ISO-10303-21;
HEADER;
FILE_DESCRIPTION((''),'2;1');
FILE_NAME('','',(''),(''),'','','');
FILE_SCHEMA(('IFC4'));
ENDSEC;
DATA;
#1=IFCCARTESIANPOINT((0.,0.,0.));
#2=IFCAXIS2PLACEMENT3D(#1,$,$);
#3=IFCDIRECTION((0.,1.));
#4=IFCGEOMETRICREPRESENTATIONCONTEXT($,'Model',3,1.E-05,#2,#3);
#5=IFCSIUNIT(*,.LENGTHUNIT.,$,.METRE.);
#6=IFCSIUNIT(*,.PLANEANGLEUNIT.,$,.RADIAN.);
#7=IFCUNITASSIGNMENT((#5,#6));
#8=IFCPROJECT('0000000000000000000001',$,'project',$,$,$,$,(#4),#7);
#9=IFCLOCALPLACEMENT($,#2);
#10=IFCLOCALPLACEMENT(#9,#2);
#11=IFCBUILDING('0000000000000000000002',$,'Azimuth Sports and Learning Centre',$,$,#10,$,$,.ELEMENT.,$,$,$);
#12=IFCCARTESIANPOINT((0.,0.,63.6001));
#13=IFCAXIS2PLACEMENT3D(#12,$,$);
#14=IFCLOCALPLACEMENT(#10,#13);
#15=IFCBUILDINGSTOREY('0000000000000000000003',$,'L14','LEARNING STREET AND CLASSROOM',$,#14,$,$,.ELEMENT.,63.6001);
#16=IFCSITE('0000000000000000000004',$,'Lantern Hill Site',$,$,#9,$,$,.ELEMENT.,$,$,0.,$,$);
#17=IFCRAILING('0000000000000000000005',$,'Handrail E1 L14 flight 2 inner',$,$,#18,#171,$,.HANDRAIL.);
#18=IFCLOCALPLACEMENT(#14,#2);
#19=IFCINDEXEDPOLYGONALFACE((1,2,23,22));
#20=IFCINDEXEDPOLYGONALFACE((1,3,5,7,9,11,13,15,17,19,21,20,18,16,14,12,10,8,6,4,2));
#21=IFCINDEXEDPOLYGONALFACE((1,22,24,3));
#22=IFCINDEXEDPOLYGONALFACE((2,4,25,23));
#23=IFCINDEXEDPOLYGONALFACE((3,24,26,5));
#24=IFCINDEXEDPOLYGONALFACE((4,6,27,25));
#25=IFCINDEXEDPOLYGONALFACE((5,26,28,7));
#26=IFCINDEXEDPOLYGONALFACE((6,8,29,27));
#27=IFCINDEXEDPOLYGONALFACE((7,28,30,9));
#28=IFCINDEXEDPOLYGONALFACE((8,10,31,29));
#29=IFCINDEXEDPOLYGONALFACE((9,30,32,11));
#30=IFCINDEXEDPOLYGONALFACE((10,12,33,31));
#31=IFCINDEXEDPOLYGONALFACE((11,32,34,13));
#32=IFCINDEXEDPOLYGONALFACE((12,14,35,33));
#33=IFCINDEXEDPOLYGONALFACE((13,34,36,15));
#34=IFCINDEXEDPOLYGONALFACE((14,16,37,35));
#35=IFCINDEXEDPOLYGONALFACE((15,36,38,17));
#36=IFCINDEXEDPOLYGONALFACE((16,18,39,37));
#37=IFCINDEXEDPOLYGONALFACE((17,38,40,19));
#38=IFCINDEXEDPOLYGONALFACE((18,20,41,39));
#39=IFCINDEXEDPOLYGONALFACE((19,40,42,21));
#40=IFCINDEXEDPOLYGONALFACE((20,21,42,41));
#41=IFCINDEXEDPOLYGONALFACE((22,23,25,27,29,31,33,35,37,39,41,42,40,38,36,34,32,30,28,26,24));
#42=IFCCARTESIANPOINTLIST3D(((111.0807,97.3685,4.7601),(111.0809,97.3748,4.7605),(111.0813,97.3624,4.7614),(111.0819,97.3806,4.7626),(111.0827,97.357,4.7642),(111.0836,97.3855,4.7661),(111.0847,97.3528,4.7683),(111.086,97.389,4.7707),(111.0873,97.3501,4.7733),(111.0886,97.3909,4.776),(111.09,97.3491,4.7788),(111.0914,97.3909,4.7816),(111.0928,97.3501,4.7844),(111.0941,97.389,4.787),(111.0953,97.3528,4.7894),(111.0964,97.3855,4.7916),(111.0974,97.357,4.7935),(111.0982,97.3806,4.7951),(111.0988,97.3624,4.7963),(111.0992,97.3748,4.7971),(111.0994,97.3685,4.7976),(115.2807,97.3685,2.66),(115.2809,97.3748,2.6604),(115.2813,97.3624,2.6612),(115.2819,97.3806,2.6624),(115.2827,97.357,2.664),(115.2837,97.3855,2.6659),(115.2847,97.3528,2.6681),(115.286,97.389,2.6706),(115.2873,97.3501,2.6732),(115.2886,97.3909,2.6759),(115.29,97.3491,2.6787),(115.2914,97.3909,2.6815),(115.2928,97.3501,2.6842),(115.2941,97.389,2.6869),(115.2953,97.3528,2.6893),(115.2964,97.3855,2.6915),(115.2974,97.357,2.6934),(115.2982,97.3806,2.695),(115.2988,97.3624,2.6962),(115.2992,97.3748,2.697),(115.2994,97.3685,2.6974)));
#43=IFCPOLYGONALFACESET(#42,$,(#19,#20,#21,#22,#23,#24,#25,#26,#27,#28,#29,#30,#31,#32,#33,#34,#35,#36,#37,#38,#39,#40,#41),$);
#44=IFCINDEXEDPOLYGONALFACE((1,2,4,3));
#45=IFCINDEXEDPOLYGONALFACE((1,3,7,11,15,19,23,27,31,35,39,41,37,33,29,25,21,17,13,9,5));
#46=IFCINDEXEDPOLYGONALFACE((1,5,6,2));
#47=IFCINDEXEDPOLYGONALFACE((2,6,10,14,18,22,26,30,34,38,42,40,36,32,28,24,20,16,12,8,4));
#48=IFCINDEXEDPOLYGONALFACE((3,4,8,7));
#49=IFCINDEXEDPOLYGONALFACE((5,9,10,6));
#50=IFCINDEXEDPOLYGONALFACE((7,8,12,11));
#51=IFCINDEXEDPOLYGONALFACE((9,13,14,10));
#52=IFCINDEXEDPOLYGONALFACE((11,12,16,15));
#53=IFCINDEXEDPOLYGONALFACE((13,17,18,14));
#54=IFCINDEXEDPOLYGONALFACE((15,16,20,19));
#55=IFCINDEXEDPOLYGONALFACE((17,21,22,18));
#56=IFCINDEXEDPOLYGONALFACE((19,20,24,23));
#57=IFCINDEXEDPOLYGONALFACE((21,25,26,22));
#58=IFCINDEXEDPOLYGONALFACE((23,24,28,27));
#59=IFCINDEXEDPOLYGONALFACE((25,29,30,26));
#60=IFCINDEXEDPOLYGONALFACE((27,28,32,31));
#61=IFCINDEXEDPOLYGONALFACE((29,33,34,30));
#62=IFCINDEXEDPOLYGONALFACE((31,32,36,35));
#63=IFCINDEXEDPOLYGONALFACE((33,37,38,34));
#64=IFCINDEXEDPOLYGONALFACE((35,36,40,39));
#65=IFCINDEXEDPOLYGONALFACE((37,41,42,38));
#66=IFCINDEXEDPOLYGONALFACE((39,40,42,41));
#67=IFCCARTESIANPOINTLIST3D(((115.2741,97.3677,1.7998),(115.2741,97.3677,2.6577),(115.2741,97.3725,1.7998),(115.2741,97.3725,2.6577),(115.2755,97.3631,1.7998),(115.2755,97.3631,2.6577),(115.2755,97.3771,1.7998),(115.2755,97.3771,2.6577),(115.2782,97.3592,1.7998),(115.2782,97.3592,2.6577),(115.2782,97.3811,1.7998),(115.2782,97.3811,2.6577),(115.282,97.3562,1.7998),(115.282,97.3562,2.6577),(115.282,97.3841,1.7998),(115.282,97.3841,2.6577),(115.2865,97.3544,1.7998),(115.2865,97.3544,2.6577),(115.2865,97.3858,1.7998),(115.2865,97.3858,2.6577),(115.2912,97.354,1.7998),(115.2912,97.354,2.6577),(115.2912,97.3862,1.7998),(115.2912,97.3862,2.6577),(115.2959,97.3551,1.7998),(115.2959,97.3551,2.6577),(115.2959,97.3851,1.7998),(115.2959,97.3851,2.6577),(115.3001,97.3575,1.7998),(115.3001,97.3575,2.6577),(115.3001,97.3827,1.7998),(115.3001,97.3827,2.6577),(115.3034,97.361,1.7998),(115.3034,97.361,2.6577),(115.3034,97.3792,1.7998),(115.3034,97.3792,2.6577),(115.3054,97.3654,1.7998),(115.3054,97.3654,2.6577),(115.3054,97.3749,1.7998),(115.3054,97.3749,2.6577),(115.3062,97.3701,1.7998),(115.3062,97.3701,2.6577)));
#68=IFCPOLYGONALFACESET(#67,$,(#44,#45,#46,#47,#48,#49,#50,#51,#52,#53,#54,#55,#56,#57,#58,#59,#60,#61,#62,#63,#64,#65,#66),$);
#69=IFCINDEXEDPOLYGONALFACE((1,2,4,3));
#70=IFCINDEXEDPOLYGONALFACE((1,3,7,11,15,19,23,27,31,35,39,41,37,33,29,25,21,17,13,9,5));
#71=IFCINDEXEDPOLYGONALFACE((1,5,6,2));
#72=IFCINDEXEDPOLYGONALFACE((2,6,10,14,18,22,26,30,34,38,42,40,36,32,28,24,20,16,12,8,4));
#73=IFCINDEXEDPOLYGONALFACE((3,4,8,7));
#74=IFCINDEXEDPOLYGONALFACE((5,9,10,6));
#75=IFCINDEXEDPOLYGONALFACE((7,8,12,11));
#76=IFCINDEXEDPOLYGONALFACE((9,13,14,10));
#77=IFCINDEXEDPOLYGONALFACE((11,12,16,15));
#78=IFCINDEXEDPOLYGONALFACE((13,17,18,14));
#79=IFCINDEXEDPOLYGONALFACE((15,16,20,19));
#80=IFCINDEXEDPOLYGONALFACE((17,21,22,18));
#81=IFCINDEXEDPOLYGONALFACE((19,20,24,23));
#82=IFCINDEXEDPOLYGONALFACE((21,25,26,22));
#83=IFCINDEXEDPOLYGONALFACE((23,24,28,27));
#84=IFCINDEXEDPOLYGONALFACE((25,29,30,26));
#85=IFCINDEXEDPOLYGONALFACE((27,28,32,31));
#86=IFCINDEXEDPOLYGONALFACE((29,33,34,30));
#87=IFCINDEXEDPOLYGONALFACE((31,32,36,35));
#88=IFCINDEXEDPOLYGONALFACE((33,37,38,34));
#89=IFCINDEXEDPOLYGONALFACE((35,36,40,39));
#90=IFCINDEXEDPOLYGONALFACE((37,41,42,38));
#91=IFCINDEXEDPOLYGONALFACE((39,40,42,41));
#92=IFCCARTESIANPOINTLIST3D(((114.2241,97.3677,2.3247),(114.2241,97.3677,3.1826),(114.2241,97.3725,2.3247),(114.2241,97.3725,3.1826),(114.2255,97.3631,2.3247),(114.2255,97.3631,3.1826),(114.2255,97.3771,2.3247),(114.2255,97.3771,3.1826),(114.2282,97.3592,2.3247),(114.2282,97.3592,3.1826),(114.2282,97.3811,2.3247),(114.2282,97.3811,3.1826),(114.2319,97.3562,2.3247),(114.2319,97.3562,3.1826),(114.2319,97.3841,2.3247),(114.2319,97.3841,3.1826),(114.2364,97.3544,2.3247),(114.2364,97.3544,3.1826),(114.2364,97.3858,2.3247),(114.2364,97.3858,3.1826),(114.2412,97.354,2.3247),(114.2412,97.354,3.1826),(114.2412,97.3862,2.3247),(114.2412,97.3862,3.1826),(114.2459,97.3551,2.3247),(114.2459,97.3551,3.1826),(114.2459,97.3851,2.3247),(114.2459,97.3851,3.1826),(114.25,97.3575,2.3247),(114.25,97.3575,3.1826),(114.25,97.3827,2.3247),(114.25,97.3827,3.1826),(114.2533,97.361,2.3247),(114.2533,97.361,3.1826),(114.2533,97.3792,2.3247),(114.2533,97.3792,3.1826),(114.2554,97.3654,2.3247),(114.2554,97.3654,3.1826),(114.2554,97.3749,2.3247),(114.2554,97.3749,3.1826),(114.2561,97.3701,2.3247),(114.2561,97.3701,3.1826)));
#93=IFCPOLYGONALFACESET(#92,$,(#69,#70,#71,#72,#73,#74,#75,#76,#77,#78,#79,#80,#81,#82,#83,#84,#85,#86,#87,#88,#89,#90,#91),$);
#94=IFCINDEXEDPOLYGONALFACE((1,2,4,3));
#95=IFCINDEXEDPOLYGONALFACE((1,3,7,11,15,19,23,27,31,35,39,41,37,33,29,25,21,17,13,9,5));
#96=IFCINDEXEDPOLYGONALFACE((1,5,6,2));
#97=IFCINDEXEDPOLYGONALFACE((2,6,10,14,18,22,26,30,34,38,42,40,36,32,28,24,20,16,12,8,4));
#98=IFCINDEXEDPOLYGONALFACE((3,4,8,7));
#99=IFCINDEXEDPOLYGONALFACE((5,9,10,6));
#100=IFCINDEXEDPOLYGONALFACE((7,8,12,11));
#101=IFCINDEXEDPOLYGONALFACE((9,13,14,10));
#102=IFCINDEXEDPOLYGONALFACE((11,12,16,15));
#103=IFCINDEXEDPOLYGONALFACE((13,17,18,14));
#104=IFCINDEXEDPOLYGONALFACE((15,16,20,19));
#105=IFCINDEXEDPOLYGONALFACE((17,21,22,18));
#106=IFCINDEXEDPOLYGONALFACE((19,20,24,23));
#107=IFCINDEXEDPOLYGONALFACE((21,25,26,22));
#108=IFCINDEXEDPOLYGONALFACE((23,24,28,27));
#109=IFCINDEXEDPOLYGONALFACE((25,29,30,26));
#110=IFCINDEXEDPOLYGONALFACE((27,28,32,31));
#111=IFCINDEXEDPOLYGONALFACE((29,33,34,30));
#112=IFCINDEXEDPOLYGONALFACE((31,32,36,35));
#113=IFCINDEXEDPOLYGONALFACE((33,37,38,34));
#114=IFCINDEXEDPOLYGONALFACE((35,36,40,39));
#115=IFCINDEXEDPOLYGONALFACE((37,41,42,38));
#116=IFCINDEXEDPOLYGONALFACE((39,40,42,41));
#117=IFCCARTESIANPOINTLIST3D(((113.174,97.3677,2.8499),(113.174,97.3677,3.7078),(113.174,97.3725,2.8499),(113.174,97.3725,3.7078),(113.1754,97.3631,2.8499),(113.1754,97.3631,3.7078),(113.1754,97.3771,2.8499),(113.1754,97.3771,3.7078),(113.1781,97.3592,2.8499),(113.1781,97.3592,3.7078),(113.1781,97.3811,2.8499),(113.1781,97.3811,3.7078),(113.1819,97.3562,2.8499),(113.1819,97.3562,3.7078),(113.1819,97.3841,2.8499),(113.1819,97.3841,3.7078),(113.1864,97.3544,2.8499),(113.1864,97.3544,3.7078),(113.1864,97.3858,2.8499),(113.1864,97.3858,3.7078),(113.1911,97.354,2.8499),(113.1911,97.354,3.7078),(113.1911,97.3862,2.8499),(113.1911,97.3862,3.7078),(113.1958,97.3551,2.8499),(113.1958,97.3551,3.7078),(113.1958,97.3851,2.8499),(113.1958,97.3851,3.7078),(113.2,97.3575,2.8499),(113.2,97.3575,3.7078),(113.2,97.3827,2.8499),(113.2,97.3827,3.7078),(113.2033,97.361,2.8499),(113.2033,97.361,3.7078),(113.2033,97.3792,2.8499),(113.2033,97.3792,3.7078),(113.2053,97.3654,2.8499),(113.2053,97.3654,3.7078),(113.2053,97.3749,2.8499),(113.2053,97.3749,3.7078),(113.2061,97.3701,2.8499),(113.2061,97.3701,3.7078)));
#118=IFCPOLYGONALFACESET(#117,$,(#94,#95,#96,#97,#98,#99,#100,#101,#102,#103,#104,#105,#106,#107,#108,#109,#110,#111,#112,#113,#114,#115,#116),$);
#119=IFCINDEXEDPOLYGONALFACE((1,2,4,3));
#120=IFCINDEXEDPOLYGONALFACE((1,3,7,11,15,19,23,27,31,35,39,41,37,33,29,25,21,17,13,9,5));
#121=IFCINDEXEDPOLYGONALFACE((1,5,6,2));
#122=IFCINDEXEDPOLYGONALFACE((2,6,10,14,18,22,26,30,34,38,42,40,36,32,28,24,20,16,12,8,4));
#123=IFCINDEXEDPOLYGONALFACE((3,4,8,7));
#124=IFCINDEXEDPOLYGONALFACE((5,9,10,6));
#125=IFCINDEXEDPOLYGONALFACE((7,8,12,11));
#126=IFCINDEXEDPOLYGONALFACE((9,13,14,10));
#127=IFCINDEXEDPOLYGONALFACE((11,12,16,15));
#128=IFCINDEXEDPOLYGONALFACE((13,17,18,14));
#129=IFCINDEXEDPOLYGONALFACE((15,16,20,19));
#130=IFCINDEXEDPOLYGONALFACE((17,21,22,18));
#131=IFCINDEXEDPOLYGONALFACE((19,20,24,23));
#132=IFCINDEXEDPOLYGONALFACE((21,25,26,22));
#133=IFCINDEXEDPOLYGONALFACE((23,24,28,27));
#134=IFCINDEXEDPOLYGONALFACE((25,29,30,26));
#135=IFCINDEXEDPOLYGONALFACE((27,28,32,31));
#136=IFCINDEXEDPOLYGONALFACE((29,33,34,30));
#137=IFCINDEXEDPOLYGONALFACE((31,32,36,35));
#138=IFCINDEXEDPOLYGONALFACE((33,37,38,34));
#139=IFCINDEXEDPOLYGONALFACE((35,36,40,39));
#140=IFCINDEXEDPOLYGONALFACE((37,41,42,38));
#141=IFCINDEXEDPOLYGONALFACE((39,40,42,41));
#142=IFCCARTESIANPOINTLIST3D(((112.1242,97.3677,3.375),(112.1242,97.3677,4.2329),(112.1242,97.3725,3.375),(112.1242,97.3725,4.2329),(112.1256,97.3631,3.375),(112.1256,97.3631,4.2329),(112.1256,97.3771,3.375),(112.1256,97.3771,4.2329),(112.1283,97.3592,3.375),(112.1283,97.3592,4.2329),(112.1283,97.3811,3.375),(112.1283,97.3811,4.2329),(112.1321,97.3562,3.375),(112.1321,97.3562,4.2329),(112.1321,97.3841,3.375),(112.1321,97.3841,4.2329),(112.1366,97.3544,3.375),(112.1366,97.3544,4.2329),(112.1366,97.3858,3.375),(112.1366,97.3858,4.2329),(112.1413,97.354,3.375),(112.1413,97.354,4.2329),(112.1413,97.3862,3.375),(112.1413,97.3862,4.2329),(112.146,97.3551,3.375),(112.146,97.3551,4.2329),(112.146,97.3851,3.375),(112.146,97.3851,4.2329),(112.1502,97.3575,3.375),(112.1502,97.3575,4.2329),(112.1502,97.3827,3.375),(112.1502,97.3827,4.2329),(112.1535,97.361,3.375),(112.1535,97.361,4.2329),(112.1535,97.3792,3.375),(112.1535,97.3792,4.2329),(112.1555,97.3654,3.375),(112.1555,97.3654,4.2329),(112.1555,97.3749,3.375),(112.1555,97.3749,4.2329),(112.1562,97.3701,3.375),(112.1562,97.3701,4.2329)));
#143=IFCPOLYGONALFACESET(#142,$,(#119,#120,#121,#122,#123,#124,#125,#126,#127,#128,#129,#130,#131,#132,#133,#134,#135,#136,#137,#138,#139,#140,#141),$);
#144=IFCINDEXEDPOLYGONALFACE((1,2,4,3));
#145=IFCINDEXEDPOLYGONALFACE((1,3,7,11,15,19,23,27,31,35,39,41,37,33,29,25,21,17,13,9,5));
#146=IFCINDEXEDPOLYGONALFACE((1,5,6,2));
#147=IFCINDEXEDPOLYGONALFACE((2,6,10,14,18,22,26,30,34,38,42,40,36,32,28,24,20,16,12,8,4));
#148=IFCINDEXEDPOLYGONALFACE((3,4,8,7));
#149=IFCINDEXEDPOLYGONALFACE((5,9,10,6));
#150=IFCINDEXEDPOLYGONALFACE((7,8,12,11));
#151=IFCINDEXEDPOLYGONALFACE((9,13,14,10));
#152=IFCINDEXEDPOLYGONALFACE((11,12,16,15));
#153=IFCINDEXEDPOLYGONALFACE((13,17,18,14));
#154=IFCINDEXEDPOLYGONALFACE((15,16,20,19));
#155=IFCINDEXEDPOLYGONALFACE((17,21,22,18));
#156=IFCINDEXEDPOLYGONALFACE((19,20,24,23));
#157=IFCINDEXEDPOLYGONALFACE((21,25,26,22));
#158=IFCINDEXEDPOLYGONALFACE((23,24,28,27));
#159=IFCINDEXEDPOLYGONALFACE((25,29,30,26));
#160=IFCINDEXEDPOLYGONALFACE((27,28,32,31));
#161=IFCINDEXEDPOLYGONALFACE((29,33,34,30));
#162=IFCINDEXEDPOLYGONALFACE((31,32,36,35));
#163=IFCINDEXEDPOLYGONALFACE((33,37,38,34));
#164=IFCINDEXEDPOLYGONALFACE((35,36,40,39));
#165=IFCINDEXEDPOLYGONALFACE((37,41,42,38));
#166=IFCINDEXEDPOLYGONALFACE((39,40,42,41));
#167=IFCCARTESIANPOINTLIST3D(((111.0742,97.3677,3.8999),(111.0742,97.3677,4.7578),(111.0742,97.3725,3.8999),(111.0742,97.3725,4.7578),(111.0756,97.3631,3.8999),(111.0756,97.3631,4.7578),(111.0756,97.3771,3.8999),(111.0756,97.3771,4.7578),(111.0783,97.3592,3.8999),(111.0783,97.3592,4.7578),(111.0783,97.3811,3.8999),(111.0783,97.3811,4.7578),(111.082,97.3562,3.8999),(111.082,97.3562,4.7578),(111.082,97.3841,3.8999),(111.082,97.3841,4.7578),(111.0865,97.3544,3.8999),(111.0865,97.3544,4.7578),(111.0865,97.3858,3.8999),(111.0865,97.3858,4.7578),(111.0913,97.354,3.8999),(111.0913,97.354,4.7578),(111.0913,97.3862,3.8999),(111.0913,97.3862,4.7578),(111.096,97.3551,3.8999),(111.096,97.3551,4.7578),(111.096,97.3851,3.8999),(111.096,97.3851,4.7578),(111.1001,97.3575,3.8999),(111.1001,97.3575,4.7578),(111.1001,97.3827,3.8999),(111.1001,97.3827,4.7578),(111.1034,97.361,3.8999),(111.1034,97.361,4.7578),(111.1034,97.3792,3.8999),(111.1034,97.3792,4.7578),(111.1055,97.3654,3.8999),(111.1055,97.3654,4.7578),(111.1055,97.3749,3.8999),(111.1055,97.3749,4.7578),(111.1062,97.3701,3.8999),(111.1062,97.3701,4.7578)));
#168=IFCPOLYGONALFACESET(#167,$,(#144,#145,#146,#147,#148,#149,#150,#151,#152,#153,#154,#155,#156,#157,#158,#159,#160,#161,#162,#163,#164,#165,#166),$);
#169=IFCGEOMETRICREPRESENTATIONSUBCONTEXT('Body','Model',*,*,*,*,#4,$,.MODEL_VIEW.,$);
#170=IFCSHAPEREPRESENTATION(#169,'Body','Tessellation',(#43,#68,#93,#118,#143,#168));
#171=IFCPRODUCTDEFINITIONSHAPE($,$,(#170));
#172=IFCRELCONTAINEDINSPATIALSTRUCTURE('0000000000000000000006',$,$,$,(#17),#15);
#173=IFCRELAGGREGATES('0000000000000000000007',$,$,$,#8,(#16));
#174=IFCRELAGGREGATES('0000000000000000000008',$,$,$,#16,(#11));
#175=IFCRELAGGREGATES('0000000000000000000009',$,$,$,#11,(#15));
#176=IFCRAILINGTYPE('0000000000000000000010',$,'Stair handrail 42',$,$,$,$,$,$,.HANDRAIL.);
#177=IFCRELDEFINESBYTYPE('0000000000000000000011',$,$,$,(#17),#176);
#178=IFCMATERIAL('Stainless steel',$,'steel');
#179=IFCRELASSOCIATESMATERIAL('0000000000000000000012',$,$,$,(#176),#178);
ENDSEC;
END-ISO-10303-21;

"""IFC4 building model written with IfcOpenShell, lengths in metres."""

from ifc_helpers import new_model, si_unit, direction, frame, origin, origin_2d, place, context, subcontext, project, spatial, circle, extrude, material, type_object, element, save


model = new_model("IFC4")

# Units and contexts
model_context = context("Model", 3, precision=1e-05, world=origin(), true_north=direction((0.0, 1.0)))
body_context = subcontext(model_context, "Body", "Model", "MODEL_VIEW")
ifc_project = project(units=[si_unit("LENGTHUNIT", "METRE"), si_unit("PLANEANGLEUNIT", "RADIAN")], contexts=[model_context])

# Site, building, storey
site_placement = place(None, origin())
site = spatial("IfcSite", under=ifc_project, at=site_placement, Name="Lantern Hill Site", CompositionType="ELEMENT", RefElevation=0.0)
building_placement = place(site_placement, origin())
building = spatial("IfcBuilding", under=site, at=building_placement, Name="Azimuth Sports and Learning Centre", CompositionType="ELEMENT")
storey_placement = place(building_placement, frame((0.0, 0.0, 63.6001)))
storey = spatial("IfcBuildingStorey", under=building, at=storey_placement, Name="L14", Description="LEARNING STREET AND CLASSROOM", CompositionType="ELEMENT", Elevation=63.6001)

# Railing
ifc_material_1 = material(Name="Stainless steel", Category="steel")
railing_type_1 = type_object("IfcRailingType", Name="Stair handrail 42", PredefinedType="HANDRAIL", material=ifc_material_1)
for number, where, name in (
    (1, (115.29, 97.3701, 1.7998), "Handrail E1 L14 flight 2 inner"),
):
    element("IfcRailing", number, at=place(storey_placement, frame(where)), inside=storey, type_object=railing_type_1, Name=name, PredefinedType="HANDRAIL", context=body_context, shape_type="SweptSolid", body=[
        extrude(circle(Radius=0.021, at=origin_2d()), frame((0.0, 0.0, 0.8789), z_axis=(-0.894417, 0.0, 0.447234), x_axis=(0.0, -1.0, 0.0)), (0.0, 0.0, 1.0), 4.6958),
        extrude(circle(Radius=0.0161, at=origin_2d()), origin(), (0.0, 0.0, 1.0), 0.8579),
        extrude(circle(Radius=0.0161, at=origin_2d()), frame((-1.05, 0.0, 0.5249)), (0.0, 0.0, 1.0), 0.8579),
        extrude(circle(Radius=0.0161, at=origin_2d()), frame((-2.1001, 0.0, 1.05)), (0.0, 0.0, 1.0), 0.8579),
        extrude(circle(Radius=0.0161, at=origin_2d()), frame((-3.1499, 0.0, 1.5752)), (0.0, 0.0, 1.0), 0.8579),
        extrude(circle(Radius=0.0161, at=origin_2d()), frame((-4.2, 0.0, 2.1001)), (0.0, 0.0, 1.0), 0.8579),
    ])

save(model, "model.ifc")
